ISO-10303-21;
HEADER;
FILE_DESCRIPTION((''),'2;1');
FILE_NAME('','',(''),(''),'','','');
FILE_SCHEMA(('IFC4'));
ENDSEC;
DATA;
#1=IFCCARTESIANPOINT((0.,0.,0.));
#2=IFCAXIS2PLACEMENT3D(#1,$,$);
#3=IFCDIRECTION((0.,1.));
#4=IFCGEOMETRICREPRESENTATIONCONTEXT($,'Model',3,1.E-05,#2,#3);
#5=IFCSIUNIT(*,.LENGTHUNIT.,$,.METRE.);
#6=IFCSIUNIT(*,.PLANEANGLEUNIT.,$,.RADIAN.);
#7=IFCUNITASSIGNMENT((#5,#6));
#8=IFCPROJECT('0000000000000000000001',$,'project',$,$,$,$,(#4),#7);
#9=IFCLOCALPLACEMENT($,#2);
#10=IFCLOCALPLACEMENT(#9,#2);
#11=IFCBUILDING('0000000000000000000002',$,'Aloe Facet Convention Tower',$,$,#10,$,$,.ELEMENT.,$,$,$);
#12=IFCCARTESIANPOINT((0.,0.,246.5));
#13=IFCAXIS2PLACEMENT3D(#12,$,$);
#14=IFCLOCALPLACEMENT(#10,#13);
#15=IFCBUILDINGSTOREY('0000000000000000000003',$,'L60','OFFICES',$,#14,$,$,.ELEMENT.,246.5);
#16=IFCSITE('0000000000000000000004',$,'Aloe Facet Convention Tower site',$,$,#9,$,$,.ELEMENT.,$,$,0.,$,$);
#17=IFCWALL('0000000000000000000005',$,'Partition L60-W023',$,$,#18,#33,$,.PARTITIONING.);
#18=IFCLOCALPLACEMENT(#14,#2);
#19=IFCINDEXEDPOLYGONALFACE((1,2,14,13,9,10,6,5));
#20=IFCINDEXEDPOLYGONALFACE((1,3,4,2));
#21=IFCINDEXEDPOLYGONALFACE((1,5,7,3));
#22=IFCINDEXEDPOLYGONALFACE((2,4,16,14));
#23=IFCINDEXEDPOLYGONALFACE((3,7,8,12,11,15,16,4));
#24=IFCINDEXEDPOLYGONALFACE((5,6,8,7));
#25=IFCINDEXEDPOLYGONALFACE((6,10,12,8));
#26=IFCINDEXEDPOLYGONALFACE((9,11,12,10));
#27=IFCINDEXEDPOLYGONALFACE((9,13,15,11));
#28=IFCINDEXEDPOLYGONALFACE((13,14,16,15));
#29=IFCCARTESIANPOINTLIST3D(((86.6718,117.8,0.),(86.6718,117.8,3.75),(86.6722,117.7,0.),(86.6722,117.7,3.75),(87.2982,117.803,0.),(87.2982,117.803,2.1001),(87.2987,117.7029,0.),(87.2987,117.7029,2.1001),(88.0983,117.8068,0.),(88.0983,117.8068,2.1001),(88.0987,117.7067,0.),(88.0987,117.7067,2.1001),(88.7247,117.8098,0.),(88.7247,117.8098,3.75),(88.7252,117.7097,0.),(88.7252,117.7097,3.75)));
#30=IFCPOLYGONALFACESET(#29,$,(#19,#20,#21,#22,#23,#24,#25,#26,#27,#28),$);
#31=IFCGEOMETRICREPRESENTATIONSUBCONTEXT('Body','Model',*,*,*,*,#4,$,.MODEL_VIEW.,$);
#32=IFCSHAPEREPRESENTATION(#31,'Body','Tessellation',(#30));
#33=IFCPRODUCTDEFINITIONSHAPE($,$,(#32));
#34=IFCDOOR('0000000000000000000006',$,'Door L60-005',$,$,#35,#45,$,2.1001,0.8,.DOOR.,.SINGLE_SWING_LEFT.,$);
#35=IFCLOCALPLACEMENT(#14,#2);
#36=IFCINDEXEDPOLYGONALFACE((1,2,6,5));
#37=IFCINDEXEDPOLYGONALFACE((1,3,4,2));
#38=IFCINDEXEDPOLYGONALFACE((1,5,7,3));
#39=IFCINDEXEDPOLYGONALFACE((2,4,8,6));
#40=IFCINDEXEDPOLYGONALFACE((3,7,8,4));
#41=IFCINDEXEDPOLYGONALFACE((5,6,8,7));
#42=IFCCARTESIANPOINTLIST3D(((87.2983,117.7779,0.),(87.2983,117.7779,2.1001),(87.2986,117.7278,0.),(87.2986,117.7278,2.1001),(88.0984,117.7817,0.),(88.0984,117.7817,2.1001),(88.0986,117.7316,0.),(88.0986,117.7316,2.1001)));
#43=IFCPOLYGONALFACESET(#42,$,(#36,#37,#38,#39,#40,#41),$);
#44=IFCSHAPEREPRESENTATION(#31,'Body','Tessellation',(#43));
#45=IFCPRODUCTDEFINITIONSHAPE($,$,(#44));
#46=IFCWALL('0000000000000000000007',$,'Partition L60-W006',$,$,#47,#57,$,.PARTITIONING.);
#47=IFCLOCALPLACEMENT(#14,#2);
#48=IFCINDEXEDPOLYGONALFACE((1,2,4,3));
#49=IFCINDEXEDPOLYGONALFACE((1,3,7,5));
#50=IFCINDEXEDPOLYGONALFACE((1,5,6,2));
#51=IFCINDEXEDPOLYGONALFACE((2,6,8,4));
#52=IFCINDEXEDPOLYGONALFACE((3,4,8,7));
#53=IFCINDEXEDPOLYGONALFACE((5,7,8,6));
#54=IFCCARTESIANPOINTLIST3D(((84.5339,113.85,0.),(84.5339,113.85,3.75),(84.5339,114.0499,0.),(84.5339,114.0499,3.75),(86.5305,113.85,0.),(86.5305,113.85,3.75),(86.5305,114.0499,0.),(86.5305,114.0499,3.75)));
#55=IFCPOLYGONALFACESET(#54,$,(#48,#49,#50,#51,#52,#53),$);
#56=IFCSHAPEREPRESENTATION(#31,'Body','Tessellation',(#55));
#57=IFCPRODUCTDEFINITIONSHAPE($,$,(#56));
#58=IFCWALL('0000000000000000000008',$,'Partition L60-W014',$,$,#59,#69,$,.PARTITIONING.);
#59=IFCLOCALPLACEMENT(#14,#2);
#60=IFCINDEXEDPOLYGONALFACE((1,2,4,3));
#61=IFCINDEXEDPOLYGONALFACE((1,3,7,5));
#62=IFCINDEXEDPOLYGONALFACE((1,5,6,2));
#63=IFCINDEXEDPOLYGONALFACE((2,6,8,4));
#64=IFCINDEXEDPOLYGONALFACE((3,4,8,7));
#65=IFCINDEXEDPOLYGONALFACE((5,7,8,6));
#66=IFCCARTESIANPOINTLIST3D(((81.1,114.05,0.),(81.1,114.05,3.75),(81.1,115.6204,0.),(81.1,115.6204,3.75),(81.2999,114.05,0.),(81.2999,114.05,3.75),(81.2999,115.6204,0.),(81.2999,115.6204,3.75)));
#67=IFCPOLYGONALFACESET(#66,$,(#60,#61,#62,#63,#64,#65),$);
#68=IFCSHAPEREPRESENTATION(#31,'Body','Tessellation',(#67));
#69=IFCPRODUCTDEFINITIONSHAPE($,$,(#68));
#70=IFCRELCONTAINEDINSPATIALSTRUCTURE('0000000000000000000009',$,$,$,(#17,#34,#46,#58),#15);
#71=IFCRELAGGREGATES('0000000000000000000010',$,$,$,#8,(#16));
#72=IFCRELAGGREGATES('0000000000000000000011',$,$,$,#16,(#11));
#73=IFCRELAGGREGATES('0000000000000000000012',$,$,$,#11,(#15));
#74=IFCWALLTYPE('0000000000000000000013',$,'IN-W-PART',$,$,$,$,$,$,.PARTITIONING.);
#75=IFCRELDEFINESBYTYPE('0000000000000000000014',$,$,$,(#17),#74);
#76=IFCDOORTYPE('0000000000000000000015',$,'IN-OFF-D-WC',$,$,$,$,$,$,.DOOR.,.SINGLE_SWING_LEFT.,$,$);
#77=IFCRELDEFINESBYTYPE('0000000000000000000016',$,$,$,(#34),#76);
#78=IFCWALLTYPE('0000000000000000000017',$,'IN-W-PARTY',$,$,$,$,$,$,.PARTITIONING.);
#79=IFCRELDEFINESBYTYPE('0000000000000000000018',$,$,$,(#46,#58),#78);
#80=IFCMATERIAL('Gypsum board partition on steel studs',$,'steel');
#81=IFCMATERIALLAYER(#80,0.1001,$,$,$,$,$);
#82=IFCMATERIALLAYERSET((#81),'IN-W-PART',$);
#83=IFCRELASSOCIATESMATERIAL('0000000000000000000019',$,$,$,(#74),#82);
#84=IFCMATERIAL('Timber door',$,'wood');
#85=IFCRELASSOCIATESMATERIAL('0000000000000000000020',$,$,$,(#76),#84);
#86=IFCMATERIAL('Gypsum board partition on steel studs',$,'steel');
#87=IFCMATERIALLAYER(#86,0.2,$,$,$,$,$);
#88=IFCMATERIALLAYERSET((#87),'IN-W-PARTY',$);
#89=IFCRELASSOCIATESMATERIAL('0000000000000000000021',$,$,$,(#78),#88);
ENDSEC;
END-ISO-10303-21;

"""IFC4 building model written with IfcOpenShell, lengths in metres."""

from ifc_helpers import new_model, si_unit, direction, frame, frame_2d, origin, place, context, subcontext, project, spatial, rectangle, extrude, material, layer, layer_set, type_object, element, fill, save


model = new_model("IFC4")

# Units and contexts
model_context = context("Model", 3, precision=1e-05, world=origin(), true_north=direction((0.0, 1.0)))
body_context = subcontext(model_context, "Body", "Model", "MODEL_VIEW")
ifc_project = project(units=[si_unit("LENGTHUNIT", "METRE"), si_unit("PLANEANGLEUNIT", "RADIAN")], contexts=[model_context])

# Site, building, storey
site_placement = place(None, origin())
site = spatial("IfcSite", under=ifc_project, at=site_placement, Name="Aloe Facet Convention Tower site", CompositionType="ELEMENT", RefElevation=0.0)
building_placement = place(site_placement, origin())
building = spatial("IfcBuilding", under=site, at=building_placement, Name="Aloe Facet Convention Tower", CompositionType="ELEMENT")
storey_placement = place(building_placement, frame((0.0, 0.0, 246.5)))
storey = spatial("IfcBuildingStorey", under=building, at=storey_placement, Name="L60", Description="OFFICES", CompositionType="ELEMENT", Elevation=246.5)

# Shared definitions
ifc_material_1 = material(Name="Gypsum board partition on steel studs", Category="steel")
ifc_layer_1 = layer(ifc_material_1, 0.1001)
ifc_layer_set_1 = layer_set([ifc_layer_1], Name="IN-W-PART")
wall_type_1 = type_object("IfcWallType", Name="IN-W-PART", PredefinedType="PARTITIONING", material=ifc_layer_set_1)

# Wall, opening, door
ifc_material_2 = material(Name="Timber door", Category="wood")
door_type_1 = type_object("IfcDoorType", Name="IN-OFF-D-WC", OperationType="SINGLE_SWING_LEFT", PredefinedType="DOOR", material=ifc_material_2)
wall_1_placement = place(storey_placement, frame((86.6721, 117.75, 0.0), z_axis=(0.0, 0.0, 1.0), x_axis=(0.999989, 0.004757, 0.0)))
wall_1 = element("IfcWall", 1, at=wall_1_placement, inside=storey, type_object=wall_type_1, Name="Partition L60-W023", PredefinedType="PARTITIONING", context=body_context, shape_type="SweptSolid", body=[
    extrude(rectangle(XDim=2.053, YDim=0.1001, at=frame_2d((1.0264, 0.0))), origin(), (0.0, 0.0, 1.0), 3.75),
])
opening_1_placement = place(wall_1_placement, frame((0.6265, 0.0, 0.0)))
opening_1 = element("IfcOpeningElement", 2, at=opening_1_placement, cuts=wall_1, PredefinedType="OPENING", context=body_context, shape_type="SweptSolid", body=[
    extrude(rectangle(XDim=0.8, YDim=2.1001, at=frame_2d((0.3999, 1.05))), frame((0.0, 0.0601, 0.0), z_axis=(0.0, -1.0, 0.0), x_axis=(1.0, 0.0, 0.0)), (0.0, 0.0, 1.0), 0.1201),
])
door_1_placement = place(opening_1_placement, origin())
door_1 = element("IfcDoor", 3, at=door_1_placement, inside=storey, type_object=door_type_1, Name="Door L60-005", OperationType="SINGLE_SWING_LEFT", OverallHeight=2.1001, OverallWidth=0.8, PredefinedType="DOOR", context=body_context, shape_type="SweptSolid", body=[
    extrude(rectangle(XDim=0.8, YDim=2.1001, at=frame_2d((0.3999, 1.05))), frame((0.0, 0.0249, 0.0), z_axis=(0.0, -1.0, 0.0), x_axis=(1.0, 0.0, 0.0)), (0.0, 0.0, 1.0), 0.05),
])
fill(opening_1, door_1)

# Walls
ifc_material_3 = material(Name="Gypsum board partition on steel studs", Category="steel")
ifc_layer_2 = layer(ifc_material_3, 0.2)
ifc_layer_set_2 = layer_set([ifc_layer_2], Name="IN-W-PARTY")
wall_type_2 = type_object("IfcWallType", Name="IN-W-PARTY", PredefinedType="PARTITIONING", material=ifc_layer_set_2)
wall_2_placement = place(storey_placement, frame((84.5339, 113.95, 0.0), z_axis=(0.0, 0.0, 1.0), x_axis=(1.0, 0.0, 0.0)))
element("IfcWall", 4, at=wall_2_placement, inside=storey, type_object=wall_type_2, Name="Partition L60-W006", PredefinedType="PARTITIONING", context=body_context, shape_type="SweptSolid", body=[
    extrude(rectangle(XDim=1.9966, YDim=0.2, at=frame_2d((0.9983, 0.0))), origin(), (0.0, 0.0, 1.0), 3.75),
])
wall_3_placement = place(storey_placement, frame((81.2, 114.05, 0.0), z_axis=(0.0, 0.0, 1.0), x_axis=(0.0, 1.0, 0.0)))
element("IfcWall", 5, at=wall_3_placement, inside=storey, type_object=wall_type_2, Name="Partition L60-W014", PredefinedType="PARTITIONING", context=body_context, shape_type="SweptSolid", body=[
    extrude(rectangle(XDim=1.5703, YDim=0.2, at=frame_2d((0.7852, 0.0))), origin(), (0.0, 0.0, 1.0), 3.75),
])

save(model, "model.ifc")
